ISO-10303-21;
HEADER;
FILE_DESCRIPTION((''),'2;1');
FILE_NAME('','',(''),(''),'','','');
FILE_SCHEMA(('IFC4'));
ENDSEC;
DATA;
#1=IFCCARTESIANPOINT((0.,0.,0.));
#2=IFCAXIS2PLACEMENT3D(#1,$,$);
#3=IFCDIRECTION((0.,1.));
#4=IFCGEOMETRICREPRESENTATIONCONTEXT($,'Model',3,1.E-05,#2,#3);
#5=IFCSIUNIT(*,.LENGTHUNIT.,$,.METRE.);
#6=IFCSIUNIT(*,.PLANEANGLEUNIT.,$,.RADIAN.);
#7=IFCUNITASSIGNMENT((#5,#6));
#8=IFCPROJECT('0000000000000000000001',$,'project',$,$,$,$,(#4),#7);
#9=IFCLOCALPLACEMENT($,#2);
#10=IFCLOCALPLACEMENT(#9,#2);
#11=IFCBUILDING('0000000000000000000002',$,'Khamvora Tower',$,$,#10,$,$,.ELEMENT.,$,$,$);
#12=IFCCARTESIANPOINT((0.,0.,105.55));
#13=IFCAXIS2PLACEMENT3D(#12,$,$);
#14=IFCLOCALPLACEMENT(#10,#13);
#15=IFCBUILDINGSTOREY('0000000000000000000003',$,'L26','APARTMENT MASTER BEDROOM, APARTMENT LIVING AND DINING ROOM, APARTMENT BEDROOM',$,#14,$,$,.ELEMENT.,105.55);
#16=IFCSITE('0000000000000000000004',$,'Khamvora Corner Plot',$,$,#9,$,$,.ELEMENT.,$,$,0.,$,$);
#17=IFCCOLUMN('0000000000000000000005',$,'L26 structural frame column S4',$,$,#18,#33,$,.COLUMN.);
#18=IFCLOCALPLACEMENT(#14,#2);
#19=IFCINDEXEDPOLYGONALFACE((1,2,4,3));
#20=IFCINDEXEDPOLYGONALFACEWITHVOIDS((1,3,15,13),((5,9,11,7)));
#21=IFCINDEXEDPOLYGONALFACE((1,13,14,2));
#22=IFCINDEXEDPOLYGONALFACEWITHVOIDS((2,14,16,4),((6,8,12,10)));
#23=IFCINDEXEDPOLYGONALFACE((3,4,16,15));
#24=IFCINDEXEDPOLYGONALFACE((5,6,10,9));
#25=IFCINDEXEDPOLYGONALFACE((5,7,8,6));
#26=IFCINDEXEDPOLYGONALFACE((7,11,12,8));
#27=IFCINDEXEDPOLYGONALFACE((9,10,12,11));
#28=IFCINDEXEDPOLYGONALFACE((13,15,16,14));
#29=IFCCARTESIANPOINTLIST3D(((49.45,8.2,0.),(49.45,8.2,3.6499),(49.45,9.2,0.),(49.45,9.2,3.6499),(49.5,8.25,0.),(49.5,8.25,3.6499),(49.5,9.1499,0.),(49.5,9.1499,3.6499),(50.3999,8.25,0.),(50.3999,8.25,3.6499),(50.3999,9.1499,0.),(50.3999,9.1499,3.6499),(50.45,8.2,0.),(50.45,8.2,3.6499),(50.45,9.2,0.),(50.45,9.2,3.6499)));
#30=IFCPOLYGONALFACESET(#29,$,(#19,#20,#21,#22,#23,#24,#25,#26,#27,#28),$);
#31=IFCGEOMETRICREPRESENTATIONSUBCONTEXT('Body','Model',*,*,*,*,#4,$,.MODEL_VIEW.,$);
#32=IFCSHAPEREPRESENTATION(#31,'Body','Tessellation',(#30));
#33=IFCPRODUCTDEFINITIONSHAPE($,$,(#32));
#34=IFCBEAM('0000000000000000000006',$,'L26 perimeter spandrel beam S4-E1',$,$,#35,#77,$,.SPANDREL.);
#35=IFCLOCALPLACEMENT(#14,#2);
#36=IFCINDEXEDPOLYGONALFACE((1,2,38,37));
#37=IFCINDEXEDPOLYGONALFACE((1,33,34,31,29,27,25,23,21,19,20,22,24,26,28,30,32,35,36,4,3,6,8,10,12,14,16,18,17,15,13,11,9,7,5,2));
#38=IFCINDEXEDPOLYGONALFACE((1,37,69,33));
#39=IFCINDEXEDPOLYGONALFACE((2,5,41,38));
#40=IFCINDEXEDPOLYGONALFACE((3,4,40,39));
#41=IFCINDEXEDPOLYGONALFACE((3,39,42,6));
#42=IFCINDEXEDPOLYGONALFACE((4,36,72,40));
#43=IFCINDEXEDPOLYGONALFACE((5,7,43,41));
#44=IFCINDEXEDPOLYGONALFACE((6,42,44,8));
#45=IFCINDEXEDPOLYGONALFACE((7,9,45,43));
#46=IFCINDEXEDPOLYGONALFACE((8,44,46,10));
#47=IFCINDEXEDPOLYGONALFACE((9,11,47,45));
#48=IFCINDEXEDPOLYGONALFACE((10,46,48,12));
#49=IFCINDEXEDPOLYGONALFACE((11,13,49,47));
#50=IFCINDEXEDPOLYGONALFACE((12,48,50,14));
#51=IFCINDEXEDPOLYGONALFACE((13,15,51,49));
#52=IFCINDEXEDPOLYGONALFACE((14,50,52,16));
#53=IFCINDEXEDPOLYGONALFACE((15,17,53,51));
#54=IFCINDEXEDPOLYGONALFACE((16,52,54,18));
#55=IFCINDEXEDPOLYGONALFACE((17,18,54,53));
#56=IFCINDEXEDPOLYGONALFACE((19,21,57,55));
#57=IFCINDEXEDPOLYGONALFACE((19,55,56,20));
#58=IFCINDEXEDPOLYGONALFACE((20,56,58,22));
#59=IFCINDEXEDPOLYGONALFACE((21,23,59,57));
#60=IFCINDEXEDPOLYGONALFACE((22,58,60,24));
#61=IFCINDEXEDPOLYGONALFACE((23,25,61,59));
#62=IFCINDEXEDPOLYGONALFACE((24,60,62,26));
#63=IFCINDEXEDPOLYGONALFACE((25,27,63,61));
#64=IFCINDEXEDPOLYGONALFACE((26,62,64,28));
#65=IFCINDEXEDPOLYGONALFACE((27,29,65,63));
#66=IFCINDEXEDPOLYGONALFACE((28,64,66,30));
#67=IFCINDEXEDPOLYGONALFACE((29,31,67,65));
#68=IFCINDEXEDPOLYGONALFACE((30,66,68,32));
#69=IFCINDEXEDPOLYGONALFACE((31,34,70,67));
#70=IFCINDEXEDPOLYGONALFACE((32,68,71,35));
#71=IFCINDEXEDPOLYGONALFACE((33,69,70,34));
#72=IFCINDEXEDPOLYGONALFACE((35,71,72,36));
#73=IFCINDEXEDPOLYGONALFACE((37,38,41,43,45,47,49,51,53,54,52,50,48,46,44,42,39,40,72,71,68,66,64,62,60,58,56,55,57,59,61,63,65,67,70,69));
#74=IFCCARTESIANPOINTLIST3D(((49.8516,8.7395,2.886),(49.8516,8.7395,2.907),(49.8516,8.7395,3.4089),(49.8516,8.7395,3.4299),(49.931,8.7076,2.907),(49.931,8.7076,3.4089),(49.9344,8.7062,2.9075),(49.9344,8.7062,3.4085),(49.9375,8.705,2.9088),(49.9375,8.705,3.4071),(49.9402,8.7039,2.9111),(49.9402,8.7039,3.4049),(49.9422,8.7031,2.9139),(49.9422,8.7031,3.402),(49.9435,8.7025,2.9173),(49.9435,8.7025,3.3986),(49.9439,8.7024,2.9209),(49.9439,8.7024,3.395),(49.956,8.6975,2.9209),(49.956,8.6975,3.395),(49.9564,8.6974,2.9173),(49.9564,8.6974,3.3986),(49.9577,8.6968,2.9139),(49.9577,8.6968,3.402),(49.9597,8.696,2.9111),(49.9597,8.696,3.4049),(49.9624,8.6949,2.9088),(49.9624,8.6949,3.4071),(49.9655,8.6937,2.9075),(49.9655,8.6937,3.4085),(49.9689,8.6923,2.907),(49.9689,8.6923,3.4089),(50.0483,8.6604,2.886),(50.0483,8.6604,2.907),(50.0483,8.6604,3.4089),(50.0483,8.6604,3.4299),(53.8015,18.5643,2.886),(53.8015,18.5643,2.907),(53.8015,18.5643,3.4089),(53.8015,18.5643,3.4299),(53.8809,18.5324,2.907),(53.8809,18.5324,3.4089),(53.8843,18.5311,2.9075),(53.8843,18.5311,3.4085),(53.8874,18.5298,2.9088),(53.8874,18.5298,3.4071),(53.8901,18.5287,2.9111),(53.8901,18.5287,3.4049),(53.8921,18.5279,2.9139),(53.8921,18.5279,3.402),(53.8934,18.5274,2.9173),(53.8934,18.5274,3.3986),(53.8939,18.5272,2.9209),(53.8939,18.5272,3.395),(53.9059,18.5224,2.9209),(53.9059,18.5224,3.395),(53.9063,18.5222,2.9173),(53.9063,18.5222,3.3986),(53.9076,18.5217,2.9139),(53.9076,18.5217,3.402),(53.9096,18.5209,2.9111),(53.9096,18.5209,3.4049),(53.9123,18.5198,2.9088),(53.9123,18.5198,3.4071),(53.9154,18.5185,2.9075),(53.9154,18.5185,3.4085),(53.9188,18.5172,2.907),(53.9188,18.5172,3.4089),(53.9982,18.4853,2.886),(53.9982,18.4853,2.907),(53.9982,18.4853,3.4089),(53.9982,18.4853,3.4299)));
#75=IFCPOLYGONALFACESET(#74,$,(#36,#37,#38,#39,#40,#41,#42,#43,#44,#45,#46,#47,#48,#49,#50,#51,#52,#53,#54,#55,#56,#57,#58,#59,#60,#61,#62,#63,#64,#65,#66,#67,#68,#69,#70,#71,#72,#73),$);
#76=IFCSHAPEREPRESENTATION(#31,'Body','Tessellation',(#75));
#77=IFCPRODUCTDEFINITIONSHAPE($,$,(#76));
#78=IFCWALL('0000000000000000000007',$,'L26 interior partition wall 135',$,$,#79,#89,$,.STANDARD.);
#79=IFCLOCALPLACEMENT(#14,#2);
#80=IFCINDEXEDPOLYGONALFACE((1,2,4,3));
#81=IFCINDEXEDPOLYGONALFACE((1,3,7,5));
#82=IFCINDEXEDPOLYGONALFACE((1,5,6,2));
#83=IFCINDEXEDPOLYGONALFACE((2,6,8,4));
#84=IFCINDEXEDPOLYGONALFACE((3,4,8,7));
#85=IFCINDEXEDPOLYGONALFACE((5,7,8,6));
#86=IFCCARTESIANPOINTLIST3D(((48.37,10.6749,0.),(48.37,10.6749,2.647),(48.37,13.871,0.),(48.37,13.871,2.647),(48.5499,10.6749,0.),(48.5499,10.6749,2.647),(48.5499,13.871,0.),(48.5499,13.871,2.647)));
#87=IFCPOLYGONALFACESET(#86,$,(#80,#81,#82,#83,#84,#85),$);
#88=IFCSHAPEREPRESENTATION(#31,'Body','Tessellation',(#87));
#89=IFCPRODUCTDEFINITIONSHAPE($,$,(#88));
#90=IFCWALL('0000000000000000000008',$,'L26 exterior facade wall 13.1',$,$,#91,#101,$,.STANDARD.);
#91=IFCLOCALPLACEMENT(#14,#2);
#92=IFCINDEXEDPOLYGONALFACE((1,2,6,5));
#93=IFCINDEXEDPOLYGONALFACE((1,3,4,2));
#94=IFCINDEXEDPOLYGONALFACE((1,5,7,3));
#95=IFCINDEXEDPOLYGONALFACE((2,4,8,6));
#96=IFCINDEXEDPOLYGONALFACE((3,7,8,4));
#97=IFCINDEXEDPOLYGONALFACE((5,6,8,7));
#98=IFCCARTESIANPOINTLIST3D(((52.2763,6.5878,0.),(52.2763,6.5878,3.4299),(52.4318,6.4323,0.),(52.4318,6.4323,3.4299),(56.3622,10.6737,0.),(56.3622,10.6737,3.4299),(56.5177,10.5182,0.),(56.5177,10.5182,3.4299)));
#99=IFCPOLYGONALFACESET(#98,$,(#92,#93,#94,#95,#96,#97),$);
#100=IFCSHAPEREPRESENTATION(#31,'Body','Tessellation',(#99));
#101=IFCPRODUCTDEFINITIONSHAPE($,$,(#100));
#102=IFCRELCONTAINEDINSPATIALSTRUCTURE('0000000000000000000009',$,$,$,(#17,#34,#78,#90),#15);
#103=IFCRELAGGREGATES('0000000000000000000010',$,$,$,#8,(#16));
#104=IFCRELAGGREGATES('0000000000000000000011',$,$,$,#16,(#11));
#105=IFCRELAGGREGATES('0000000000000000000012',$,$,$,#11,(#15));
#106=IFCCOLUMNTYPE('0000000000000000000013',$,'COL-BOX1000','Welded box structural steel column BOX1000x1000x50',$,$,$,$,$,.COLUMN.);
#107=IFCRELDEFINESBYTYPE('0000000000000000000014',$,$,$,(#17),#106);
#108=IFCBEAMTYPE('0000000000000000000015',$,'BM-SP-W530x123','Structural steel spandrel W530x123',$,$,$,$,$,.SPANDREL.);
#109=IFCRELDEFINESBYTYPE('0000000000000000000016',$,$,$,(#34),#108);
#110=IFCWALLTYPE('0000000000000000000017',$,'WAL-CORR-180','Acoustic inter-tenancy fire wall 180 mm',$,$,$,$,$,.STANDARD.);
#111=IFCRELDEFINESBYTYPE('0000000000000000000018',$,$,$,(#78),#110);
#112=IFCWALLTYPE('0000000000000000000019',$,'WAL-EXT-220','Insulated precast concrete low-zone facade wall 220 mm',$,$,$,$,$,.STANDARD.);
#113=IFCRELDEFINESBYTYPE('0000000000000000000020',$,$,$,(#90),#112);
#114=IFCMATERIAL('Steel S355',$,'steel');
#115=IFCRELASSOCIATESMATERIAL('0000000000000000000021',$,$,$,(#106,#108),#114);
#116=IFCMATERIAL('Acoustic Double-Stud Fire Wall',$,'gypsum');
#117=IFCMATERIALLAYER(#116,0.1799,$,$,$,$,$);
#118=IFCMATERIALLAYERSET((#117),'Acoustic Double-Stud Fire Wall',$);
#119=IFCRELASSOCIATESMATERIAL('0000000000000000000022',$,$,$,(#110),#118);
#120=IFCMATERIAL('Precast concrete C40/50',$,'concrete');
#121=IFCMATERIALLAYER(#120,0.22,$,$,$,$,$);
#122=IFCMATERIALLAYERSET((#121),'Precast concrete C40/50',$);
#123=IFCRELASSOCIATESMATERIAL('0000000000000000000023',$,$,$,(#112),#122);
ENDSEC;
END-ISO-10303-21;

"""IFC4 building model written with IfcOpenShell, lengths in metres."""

from ifc_helpers import new_model, si_unit, direction, frame, frame_2d, origin, origin_2d, place, context, subcontext, project, spatial, rectangle, hollow_rectangle, i_section, extrude, material, layer, layer_set, material_profile, profile_set, type_object, element, save


model = new_model("IFC4")

# Units and contexts
model_context = context("Model", 3, precision=1e-05, world=origin(), true_north=direction((0.0, 1.0)))
body_context = subcontext(model_context, "Body", "Model", "MODEL_VIEW")
ifc_project = project(units=[si_unit("LENGTHUNIT", "METRE"), si_unit("PLANEANGLEUNIT", "RADIAN")], contexts=[model_context])

# Site, building, storey
site_placement = place(None, origin())
site = spatial("IfcSite", under=ifc_project, at=site_placement, Name="Khamvora Corner Plot", CompositionType="ELEMENT", RefElevation=0.0)
building_placement = place(site_placement, origin())
building = spatial("IfcBuilding", under=site, at=building_placement, Name="Khamvora Tower", CompositionType="ELEMENT")
storey_placement = place(building_placement, frame((0.0, 0.0, 105.55)))
storey = spatial("IfcBuildingStorey", under=building, at=storey_placement, Name="L26", Description="APARTMENT MASTER BEDROOM, APARTMENT LIVING AND DINING ROOM, APARTMENT BEDROOM", CompositionType="ELEMENT", Elevation=105.55)

# Column
ifc_material_1 = material(Name="Steel S355", Category="steel")
ifc_material_profile_1 = material_profile(ifc_material_1, hollow_rectangle(XDim=1.0, YDim=1.0, WallThickness=0.05, at=origin_2d()), Name="BOX1000x1000x50")
ifc_profile_set_1 = profile_set([ifc_material_profile_1], Name="Steel S355")
column_type = type_object("IfcColumnType", Name="COL-BOX1000", Description="Welded box structural steel column BOX1000x1000x50", PredefinedType="COLUMN", material=ifc_profile_set_1)
column_placement = place(storey_placement, frame((49.95, 8.7, 0.0), z_axis=(0.0, 0.0, 1.0), x_axis=(1.0, 0.0, 0.0)))
element("IfcColumn", 1, at=column_placement, inside=storey, type_object=column_type, Name="L26 structural frame column S4", PredefinedType="COLUMN", context=body_context, shape_type="SweptSolid", body=[
    extrude(hollow_rectangle(XDim=1.0, YDim=1.0, WallThickness=0.05, at=origin_2d()), origin(), (0.0, 0.0, 1.0), 3.6499),
])

# Beam
ifc_material_profile_2 = material_profile(ifc_material_1, i_section(OverallWidth=0.2119, OverallDepth=0.5439, WebThickness=0.0129, FlangeThickness=0.021, FilletRadius=0.0139, at=origin_2d()), Name="W530x123")
ifc_profile_set_2 = profile_set([ifc_material_profile_2], Name="Steel S355")
beam_type = type_object("IfcBeamType", Name="BM-SP-W530x123", Description="Structural steel spandrel W530x123", PredefinedType="SPANDREL", material=ifc_profile_set_2)
beam_placement = place(storey_placement, frame((49.95, 8.7, 3.158), z_axis=(0.373016, 0.927825, 0.0), x_axis=(-0.927825, 0.373016, 0.0)))
element("IfcBeam", 2, at=beam_placement, inside=storey, type_object=beam_type, Name="L26 perimeter spandrel beam S4-E1", PredefinedType="SPANDREL", context=body_context, shape_type="SweptSolid", body=[
    extrude(i_section(OverallWidth=0.2119, OverallDepth=0.5439, WebThickness=0.0129, FlangeThickness=0.021, FilletRadius=0.0139, at=origin_2d()), origin(), (0.0, 0.0, 1.0), 10.5891),
])

# Walls
ifc_material_2 = material(Name="Acoustic Double-Stud Fire Wall", Category="gypsum")
ifc_layer_1 = layer(ifc_material_2, 0.1799)
ifc_layer_set_1 = layer_set([ifc_layer_1], Name="Acoustic Double-Stud Fire Wall")
wall_type_1 = type_object("IfcWallType", Name="WAL-CORR-180", Description="Acoustic inter-tenancy fire wall 180 mm", PredefinedType="STANDARD", material=ifc_layer_set_1)
wall_1_placement = place(storey_placement, frame((48.46, 13.8711, 0.0), z_axis=(0.0, 0.0, 1.0), x_axis=(0.0, -1.0, 0.0)))
element("IfcWall", 3, at=wall_1_placement, inside=storey, type_object=wall_type_1, Name="L26 interior partition wall 135", PredefinedType="STANDARD", context=body_context, shape_type="SweptSolid", body=[
    extrude(rectangle(XDim=3.196, YDim=0.1799, at=frame_2d((1.5981, 0.0))), origin(), (0.0, 0.0, 1.0), 2.647),
])
ifc_material_3 = material(Name="Precast concrete C40/50", Category="concrete")
ifc_layer_2 = layer(ifc_material_3, 0.22)
ifc_layer_set_2 = layer_set([ifc_layer_2], Name="Precast concrete C40/50")
wall_type_2 = type_object("IfcWallType", Name="WAL-EXT-220", Description="Insulated precast concrete low-zone facade wall 220 mm", PredefinedType="STANDARD", material=ifc_layer_set_2)
wall_2_placement = place(storey_placement, frame((56.4399, 10.5959, 0.0), z_axis=(0.0, 0.0, 1.0), x_axis=(-0.707107, -0.707107, 0.0)))
element("IfcWall", 4, at=wall_2_placement, inside=storey, type_object=wall_type_2, Name="L26 exterior facade wall 13.1", PredefinedType="STANDARD", context=body_context, shape_type="SweptSolid", body=[
    extrude(rectangle(XDim=5.7783, YDim=0.22, at=frame_2d((2.8892, 0.0))), origin(), (0.0, 0.0, 1.0), 3.4299),
])

save(model, "model.ifc")
